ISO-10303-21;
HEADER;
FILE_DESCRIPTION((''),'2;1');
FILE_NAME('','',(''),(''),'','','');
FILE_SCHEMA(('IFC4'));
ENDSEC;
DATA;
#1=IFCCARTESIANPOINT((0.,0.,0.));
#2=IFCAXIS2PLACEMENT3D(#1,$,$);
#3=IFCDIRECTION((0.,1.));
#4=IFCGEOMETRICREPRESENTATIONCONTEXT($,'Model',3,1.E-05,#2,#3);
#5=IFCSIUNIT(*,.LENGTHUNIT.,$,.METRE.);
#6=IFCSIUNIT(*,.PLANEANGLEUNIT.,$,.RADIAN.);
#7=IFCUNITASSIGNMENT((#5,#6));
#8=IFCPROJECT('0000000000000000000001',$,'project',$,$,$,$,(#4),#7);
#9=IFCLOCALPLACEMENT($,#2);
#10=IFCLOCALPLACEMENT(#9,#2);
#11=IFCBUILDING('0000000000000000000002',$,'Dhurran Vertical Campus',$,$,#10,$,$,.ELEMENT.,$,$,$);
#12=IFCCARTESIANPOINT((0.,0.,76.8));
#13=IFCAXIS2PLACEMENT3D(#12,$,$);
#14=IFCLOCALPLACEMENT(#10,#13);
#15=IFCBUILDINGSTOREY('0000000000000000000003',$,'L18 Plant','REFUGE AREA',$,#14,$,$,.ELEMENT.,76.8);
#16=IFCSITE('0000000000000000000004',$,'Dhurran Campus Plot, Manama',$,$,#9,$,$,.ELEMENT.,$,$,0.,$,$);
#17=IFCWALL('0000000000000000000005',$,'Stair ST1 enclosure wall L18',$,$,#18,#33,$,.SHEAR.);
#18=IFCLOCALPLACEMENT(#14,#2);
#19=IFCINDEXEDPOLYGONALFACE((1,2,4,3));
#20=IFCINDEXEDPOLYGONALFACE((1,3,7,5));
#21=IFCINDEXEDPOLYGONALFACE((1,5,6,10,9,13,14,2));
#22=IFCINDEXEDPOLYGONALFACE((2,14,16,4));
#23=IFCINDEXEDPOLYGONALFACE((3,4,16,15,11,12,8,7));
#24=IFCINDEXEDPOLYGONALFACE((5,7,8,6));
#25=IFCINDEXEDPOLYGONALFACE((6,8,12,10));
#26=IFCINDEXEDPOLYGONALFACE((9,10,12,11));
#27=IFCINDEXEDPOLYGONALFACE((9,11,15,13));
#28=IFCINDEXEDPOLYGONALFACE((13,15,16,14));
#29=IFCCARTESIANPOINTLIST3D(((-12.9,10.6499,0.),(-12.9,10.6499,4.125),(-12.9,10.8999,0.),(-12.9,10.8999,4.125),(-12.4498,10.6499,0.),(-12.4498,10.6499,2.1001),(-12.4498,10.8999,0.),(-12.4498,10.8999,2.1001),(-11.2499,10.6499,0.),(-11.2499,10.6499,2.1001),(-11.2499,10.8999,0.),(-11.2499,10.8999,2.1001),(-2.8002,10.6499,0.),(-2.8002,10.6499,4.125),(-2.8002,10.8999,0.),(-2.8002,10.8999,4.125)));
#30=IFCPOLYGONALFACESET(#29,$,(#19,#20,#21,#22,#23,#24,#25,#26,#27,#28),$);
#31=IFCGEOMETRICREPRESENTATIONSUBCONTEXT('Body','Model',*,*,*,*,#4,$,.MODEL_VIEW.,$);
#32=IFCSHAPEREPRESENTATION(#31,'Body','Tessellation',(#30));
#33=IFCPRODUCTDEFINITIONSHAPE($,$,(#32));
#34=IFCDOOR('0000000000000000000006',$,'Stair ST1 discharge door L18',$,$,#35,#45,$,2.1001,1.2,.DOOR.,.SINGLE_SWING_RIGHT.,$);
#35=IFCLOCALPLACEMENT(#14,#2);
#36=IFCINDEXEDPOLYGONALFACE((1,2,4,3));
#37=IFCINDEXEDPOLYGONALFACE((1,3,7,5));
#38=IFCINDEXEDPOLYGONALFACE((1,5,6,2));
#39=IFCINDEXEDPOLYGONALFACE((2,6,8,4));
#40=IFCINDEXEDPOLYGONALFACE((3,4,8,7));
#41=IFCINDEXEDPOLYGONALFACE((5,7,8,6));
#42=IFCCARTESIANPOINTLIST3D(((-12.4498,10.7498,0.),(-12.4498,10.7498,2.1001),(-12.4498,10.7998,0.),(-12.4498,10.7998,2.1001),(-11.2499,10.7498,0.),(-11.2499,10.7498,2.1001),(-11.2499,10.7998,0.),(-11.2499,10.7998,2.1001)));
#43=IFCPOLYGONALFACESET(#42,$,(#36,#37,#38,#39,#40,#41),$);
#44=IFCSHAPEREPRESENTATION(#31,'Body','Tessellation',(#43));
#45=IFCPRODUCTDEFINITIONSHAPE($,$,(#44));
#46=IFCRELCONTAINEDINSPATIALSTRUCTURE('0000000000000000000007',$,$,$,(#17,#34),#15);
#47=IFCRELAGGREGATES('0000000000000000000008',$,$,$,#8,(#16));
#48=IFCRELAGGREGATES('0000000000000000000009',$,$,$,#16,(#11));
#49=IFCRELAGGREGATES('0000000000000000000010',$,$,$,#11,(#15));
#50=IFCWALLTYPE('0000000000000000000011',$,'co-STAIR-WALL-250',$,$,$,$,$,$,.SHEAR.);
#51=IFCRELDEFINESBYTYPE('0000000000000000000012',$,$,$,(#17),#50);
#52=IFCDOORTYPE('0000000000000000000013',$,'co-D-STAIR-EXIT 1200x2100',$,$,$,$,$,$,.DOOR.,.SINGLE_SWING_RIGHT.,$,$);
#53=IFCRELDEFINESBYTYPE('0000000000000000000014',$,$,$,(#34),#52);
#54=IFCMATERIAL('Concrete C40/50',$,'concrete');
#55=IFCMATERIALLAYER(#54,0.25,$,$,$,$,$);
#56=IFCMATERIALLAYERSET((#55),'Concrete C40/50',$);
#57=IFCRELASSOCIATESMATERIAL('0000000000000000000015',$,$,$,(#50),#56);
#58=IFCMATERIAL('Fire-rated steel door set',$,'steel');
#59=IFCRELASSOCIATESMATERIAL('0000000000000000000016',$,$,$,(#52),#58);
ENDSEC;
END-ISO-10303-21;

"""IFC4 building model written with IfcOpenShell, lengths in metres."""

from ifc_helpers import new_model, si_unit, direction, frame, frame_2d, origin, place, context, subcontext, project, spatial, rectangle, extrude, material, layer, layer_set, type_object, element, fill, save


model = new_model("IFC4")

# Units and contexts
model_context = context("Model", 3, precision=1e-05, world=origin(), true_north=direction((0.0, 1.0)))
body_context = subcontext(model_context, "Body", "Model", "MODEL_VIEW")
ifc_project = project(units=[si_unit("LENGTHUNIT", "METRE"), si_unit("PLANEANGLEUNIT", "RADIAN")], contexts=[model_context])

# Site, building, storey
site_placement = place(None, origin())
site = spatial("IfcSite", under=ifc_project, at=site_placement, Name="Dhurran Campus Plot, Manama", CompositionType="ELEMENT", RefElevation=0.0)
building_placement = place(site_placement, origin())
building = spatial("IfcBuilding", under=site, at=building_placement, Name="Dhurran Vertical Campus", CompositionType="ELEMENT")
storey_placement = place(building_placement, frame((0.0, 0.0, 76.8)))
storey = spatial("IfcBuildingStorey", under=building, at=storey_placement, Name="L18 Plant", Description="REFUGE AREA", CompositionType="ELEMENT", Elevation=76.8)

# Wall, opening, door
ifc_material_1 = material(Name="Concrete C40/50", Category="concrete")
ifc_layer_1 = layer(ifc_material_1, 0.25)
ifc_layer_set_1 = layer_set([ifc_layer_1], Name="Concrete C40/50")
wall_type_1 = type_object("IfcWallType", Name="co-STAIR-WALL-250", PredefinedType="SHEAR", material=ifc_layer_set_1)
wall_1_placement = place(storey_placement, frame((-12.8999, 10.7749, 0.0), z_axis=(0.0, 0.0, 1.0), x_axis=(1.0, 0.0, 0.0)))
wall_1 = element("IfcWall", 1, at=wall_1_placement, inside=storey, type_object=wall_type_1, Name="Stair ST1 enclosure wall L18", PredefinedType="SHEAR", context=body_context, shape_type="SweptSolid", body=[
    extrude(rectangle(XDim=10.0999, YDim=0.25, at=frame_2d((5.0498, 0.0))), origin(), (0.0, 0.0, 1.0), 4.125),
])
opening_1_placement = place(wall_1_placement, frame((0.45, 0.0, 0.0)))
opening_1 = element("IfcOpeningElement", 2, at=opening_1_placement, cuts=wall_1, PredefinedType="OPENING", context=body_context, shape_type="SweptSolid", body=[
    extrude(rectangle(XDim=1.2, YDim=2.1001, at=frame_2d((0.6001, 1.05))), frame((0.0, 0.135, 0.0), z_axis=(0.0, -1.0, 0.0), x_axis=(1.0, 0.0, 0.0)), (0.0, 0.0, 1.0), 0.27),
])
ifc_material_2 = material(Name="Fire-rated steel door set", Category="steel")
door_type_1 = type_object("IfcDoorType", Name="co-D-STAIR-EXIT 1200x2100", OperationType="SINGLE_SWING_RIGHT", PredefinedType="DOOR", material=ifc_material_2)
door_1_placement = place(opening_1_placement, origin())
door_1 = element("IfcDoor", 3, at=door_1_placement, inside=storey, type_object=door_type_1, Name="Stair ST1 discharge door L18", OperationType="SINGLE_SWING_RIGHT", OverallHeight=2.1001, OverallWidth=1.2, PredefinedType="DOOR", context=body_context, shape_type="SweptSolid", body=[
    extrude(rectangle(XDim=1.2, YDim=2.1001, at=frame_2d((0.6001, 1.05))), frame((0.0, 0.0249, 0.0), z_axis=(0.0, -1.0, 0.0), x_axis=(1.0, 0.0, 0.0)), (0.0, 0.0, 1.0), 0.05),
])
fill(opening_1, door_1)

save(model, "model.ifc")
